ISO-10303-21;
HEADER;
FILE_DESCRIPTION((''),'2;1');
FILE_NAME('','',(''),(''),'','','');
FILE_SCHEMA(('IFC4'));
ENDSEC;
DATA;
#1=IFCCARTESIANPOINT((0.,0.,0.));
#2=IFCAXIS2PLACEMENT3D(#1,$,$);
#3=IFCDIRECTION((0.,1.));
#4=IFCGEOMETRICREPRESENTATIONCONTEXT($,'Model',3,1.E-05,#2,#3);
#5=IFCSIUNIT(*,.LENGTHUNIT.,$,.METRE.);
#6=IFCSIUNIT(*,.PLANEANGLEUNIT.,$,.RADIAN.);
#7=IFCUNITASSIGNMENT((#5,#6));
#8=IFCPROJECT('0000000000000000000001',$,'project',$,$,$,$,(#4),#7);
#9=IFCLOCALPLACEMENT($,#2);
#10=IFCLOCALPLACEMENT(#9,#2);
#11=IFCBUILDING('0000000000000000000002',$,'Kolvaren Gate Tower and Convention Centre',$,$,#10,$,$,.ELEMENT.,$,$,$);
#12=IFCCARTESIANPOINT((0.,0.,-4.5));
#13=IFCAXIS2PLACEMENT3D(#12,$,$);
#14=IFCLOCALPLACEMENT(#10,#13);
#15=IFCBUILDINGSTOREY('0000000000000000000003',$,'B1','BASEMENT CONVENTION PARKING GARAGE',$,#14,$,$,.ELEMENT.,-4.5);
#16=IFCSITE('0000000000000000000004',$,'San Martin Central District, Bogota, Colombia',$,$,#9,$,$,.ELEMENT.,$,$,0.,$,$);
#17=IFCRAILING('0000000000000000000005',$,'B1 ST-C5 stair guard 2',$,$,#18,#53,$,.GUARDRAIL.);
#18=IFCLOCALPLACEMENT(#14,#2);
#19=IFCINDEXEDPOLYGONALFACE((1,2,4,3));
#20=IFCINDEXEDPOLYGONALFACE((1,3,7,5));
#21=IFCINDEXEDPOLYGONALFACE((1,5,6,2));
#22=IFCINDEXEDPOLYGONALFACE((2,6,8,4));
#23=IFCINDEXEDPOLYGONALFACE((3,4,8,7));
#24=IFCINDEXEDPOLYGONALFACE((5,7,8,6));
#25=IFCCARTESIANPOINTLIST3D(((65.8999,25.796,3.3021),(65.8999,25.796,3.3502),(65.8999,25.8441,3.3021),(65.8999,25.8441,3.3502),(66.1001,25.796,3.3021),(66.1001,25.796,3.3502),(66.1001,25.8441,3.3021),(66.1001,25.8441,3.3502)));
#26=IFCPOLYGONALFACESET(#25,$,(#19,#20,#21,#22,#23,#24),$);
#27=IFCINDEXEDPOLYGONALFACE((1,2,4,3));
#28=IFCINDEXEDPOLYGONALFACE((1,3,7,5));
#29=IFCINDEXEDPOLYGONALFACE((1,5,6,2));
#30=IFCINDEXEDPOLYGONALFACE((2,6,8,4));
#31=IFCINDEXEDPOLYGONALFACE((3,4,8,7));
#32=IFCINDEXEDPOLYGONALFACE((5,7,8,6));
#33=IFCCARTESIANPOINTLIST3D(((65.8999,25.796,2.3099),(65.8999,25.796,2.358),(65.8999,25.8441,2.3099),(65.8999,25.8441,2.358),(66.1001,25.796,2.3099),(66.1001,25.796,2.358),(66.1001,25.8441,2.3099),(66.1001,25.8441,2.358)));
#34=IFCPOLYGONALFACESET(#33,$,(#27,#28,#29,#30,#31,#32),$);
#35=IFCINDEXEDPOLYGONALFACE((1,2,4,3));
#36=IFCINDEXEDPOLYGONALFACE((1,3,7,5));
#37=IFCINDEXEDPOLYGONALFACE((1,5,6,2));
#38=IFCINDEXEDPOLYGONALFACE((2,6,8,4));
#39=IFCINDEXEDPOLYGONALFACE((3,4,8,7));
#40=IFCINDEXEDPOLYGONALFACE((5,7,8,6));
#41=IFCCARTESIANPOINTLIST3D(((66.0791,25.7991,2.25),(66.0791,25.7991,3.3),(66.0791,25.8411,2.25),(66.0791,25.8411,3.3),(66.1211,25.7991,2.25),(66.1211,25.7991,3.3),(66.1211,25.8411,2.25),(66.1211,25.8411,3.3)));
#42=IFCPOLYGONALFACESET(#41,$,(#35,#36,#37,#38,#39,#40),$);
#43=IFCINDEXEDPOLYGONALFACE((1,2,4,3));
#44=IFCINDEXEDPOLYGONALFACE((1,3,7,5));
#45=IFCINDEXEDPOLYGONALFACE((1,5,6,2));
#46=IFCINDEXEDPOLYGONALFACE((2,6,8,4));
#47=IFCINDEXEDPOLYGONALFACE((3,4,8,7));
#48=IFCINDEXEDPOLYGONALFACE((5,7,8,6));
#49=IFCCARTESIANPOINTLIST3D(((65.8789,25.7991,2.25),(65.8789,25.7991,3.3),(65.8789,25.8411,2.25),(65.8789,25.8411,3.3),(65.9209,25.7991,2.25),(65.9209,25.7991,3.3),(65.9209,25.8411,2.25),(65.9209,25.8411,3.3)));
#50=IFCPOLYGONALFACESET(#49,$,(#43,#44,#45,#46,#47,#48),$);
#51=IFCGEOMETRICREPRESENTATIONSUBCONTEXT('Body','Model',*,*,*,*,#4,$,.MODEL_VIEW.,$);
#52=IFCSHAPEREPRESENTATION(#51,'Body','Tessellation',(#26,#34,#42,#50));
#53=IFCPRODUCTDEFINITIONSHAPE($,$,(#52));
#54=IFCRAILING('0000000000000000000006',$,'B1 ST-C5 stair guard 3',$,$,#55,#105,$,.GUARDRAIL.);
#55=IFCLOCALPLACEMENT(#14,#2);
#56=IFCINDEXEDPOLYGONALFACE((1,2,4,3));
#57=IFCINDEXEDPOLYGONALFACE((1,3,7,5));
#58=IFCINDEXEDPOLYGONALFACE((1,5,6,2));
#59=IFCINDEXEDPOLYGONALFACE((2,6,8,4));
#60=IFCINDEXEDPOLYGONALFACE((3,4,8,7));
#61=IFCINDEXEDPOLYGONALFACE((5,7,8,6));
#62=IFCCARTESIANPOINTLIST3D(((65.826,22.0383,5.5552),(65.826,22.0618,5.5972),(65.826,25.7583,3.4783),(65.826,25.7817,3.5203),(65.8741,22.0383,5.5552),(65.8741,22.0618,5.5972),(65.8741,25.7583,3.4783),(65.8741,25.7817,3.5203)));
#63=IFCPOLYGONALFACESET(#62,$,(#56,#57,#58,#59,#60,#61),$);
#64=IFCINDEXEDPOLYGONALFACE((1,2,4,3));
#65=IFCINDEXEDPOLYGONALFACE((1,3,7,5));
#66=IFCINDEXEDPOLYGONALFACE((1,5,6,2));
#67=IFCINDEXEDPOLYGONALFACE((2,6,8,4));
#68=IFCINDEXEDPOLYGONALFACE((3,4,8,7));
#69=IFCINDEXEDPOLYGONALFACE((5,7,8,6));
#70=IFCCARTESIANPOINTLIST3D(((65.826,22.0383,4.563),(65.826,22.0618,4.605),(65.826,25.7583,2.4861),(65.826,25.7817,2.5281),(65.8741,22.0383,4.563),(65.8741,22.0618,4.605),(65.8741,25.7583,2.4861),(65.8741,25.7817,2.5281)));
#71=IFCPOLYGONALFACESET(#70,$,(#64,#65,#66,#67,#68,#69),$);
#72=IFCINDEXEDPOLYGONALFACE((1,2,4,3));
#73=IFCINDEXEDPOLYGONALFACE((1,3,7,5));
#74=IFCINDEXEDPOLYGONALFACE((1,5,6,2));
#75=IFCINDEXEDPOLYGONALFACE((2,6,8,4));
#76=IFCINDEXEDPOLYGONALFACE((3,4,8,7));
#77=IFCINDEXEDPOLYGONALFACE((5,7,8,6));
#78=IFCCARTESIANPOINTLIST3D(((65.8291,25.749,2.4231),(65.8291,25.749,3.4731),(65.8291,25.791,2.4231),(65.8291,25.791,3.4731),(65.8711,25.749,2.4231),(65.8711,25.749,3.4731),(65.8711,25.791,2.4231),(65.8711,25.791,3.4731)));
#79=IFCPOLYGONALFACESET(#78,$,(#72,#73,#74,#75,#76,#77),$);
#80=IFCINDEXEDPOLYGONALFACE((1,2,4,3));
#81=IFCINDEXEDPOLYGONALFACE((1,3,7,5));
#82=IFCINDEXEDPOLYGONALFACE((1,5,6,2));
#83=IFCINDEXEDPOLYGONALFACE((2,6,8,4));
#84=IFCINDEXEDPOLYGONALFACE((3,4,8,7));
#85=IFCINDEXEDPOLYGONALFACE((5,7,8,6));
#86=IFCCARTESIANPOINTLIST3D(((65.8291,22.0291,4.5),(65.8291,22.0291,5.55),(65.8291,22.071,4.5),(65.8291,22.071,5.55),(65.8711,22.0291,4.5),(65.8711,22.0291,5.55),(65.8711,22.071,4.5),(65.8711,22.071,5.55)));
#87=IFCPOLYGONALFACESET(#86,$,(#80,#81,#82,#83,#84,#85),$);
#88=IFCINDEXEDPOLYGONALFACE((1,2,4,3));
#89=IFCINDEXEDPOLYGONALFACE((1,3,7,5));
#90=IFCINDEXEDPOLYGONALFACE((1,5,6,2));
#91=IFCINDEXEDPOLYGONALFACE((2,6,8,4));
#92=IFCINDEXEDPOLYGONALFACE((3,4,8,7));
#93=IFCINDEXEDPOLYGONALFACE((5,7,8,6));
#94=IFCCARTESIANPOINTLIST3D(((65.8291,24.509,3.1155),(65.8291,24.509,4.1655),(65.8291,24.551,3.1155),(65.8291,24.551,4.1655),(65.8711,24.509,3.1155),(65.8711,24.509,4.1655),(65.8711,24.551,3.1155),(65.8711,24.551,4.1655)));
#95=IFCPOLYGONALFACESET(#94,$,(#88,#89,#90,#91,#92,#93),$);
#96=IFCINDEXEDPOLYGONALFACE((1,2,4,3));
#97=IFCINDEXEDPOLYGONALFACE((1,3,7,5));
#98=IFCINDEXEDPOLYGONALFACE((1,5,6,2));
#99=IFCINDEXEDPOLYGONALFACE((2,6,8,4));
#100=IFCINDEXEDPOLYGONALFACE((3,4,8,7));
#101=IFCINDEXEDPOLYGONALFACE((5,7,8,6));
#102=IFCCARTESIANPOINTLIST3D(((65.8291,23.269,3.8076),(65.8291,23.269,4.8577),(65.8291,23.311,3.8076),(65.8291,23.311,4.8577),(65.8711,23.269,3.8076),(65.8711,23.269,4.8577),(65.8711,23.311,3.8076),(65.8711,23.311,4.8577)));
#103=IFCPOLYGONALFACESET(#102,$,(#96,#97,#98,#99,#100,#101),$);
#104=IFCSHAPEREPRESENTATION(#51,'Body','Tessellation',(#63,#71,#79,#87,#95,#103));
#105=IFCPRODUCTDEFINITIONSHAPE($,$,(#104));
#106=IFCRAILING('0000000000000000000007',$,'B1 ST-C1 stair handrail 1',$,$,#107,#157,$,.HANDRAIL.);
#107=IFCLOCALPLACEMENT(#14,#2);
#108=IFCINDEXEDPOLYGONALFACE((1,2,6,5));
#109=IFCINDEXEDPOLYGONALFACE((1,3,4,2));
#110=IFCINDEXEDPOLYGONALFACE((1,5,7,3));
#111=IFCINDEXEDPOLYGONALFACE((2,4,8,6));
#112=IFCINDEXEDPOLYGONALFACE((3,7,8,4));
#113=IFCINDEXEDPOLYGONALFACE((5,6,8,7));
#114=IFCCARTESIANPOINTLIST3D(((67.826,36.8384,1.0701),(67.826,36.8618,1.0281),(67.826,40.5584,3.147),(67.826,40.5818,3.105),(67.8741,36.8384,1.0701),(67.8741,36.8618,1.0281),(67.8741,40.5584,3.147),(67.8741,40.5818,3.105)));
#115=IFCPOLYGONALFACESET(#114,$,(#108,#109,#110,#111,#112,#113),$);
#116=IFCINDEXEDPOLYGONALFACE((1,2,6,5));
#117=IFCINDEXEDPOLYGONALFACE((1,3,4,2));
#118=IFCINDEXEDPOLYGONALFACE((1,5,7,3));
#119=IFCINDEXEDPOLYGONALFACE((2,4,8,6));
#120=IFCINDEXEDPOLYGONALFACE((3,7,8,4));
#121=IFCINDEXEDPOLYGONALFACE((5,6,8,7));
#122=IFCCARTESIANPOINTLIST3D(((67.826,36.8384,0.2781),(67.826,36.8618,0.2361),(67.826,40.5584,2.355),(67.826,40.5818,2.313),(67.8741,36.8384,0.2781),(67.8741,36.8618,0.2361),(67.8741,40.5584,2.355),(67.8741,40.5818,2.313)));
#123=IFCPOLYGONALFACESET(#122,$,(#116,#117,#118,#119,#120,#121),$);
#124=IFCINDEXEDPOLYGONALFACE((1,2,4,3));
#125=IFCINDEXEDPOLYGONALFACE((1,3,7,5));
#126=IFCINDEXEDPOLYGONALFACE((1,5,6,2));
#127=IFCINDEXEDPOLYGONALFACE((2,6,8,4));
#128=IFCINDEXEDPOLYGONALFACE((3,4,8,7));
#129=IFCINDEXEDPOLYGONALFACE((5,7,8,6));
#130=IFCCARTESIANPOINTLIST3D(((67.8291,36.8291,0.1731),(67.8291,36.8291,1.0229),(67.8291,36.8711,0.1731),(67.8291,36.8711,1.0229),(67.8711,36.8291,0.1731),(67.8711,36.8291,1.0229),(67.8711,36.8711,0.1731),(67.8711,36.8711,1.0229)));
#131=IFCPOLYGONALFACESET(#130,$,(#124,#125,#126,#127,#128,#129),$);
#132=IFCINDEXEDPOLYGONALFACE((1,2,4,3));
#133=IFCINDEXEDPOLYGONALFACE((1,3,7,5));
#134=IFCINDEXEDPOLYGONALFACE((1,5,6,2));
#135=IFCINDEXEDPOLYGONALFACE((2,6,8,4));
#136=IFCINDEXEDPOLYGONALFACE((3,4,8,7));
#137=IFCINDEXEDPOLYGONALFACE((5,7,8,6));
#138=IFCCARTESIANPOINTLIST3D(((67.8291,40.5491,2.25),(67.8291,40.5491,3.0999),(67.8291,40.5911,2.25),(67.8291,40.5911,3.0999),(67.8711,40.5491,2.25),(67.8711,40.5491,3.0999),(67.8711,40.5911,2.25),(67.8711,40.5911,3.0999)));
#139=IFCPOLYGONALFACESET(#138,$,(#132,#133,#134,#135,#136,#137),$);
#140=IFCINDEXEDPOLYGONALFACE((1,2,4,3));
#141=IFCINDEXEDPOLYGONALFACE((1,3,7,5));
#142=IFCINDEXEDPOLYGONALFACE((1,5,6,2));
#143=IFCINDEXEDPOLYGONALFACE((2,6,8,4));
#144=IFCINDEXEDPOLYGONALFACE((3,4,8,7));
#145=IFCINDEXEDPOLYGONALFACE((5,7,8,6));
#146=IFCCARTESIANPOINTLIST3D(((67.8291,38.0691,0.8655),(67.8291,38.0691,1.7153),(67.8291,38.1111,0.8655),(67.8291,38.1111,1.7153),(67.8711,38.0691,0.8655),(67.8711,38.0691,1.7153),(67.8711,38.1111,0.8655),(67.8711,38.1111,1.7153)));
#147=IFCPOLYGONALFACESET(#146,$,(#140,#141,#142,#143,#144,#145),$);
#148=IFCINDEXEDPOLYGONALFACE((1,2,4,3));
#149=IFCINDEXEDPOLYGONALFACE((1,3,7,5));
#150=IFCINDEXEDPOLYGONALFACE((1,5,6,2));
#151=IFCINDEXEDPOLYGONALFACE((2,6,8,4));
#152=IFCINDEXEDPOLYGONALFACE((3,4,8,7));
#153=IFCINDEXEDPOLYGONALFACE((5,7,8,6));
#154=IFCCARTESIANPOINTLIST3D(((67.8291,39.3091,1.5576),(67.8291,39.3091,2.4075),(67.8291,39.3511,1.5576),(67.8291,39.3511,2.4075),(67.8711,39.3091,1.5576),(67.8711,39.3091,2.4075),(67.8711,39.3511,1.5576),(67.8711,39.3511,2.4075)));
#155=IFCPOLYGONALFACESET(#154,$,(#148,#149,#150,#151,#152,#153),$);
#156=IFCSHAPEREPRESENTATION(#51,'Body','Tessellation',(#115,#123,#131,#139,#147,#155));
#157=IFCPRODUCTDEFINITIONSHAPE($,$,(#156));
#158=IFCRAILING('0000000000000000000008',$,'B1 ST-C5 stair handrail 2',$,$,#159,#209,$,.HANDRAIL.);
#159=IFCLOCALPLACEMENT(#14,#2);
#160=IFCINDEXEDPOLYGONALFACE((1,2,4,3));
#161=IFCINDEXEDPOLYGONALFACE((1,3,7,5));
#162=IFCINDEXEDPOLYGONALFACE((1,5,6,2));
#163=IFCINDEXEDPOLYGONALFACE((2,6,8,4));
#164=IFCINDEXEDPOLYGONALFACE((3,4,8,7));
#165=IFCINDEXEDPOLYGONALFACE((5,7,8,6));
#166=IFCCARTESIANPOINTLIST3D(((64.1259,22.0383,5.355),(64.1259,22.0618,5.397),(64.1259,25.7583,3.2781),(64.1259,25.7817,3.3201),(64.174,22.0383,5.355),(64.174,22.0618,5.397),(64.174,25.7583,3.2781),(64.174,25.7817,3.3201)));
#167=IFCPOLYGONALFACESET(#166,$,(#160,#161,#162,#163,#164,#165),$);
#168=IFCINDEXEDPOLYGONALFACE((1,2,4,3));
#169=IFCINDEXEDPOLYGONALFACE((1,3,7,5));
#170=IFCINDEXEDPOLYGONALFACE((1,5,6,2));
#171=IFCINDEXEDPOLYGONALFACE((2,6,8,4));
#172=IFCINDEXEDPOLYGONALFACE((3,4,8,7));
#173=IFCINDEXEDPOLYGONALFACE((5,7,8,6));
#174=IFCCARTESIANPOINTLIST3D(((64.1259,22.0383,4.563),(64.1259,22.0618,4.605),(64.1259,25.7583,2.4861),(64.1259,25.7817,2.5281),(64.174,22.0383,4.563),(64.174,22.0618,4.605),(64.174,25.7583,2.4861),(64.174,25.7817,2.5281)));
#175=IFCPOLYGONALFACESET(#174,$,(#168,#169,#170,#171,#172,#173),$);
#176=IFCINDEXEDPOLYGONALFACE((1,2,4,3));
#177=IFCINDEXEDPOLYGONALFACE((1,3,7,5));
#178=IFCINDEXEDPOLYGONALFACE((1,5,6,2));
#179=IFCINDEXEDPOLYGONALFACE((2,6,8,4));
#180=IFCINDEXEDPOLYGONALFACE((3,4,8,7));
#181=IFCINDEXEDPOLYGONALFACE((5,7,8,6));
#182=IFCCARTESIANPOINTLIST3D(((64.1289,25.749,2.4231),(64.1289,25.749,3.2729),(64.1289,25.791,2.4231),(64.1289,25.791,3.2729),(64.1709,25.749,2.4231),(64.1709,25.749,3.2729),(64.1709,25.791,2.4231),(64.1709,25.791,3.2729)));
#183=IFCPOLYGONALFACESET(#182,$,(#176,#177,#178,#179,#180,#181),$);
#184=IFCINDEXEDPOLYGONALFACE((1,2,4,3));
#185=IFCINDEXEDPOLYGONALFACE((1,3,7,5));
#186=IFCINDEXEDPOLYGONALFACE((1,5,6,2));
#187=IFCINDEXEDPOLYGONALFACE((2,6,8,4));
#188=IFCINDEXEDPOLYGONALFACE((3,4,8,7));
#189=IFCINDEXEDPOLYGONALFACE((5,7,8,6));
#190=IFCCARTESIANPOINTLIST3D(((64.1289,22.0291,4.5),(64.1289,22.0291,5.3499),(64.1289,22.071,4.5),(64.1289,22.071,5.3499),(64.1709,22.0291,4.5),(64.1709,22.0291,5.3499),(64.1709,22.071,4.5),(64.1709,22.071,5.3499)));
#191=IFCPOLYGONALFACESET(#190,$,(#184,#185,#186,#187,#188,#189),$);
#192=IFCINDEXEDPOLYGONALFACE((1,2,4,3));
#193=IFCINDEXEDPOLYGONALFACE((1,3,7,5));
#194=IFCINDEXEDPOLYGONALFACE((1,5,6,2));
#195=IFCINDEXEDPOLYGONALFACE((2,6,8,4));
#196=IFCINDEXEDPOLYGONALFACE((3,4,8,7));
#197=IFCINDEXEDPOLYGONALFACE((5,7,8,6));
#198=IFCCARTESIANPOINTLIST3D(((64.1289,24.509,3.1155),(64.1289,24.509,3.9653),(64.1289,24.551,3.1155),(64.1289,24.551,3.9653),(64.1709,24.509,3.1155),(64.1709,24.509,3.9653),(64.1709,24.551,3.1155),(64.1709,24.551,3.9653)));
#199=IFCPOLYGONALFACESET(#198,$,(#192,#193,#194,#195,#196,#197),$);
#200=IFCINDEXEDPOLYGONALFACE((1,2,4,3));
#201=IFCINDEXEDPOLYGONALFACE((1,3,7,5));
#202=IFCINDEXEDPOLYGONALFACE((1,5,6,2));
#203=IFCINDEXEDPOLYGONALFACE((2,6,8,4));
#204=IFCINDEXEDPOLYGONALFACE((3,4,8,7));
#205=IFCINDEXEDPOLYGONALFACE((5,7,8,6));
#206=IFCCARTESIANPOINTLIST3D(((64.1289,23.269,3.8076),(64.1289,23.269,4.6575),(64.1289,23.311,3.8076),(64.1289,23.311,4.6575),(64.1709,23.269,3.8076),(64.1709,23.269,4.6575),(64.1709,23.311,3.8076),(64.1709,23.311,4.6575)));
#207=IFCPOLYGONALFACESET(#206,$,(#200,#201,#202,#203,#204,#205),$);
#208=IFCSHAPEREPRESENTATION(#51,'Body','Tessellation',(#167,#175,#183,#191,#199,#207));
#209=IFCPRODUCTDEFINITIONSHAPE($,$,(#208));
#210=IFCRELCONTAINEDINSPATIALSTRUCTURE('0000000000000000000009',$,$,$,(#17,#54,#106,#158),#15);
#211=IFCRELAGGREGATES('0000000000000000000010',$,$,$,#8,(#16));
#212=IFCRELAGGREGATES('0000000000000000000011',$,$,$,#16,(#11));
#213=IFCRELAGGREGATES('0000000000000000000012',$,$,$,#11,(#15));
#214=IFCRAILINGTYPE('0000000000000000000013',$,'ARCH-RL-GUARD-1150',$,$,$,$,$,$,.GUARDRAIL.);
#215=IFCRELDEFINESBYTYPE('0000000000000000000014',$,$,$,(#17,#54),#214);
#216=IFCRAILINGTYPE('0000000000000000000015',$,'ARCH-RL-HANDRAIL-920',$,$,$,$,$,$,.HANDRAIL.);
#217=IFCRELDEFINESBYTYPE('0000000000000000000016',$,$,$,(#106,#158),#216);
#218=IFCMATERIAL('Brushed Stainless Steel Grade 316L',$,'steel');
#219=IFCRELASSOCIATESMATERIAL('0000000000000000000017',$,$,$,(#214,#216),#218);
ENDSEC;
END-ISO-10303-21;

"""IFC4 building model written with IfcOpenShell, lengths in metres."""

from ifc_helpers import new_model, si_unit, direction, frame, origin, origin_2d, place, context, subcontext, project, spatial, rectangle, extrude, material, type_object, element, save


model = new_model("IFC4")

# Units and contexts
model_context = context("Model", 3, precision=1e-05, world=origin(), true_north=direction((0.0, 1.0)))
body_context = subcontext(model_context, "Body", "Model", "MODEL_VIEW")
ifc_project = project(units=[si_unit("LENGTHUNIT", "METRE"), si_unit("PLANEANGLEUNIT", "RADIAN")], contexts=[model_context])

# Site, building, storey
site_placement = place(None, origin())
site = spatial("IfcSite", under=ifc_project, at=site_placement, Name="San Martin Central District, Bogota, Colombia", CompositionType="ELEMENT", RefElevation=0.0)
building_placement = place(site_placement, origin())
building = spatial("IfcBuilding", under=site, at=building_placement, Name="Kolvaren Gate Tower and Convention Centre", CompositionType="ELEMENT")
storey_placement = place(building_placement, frame((0.0, 0.0, -4.5)))
storey = spatial("IfcBuildingStorey", under=building, at=storey_placement, Name="B1", Description="BASEMENT CONVENTION PARKING GARAGE", CompositionType="ELEMENT", Elevation=-4.5)

# Railings
ifc_material_1 = material(Name="Brushed Stainless Steel Grade 316L", Category="steel")
railing_type_1 = type_object("IfcRailingType", Name="ARCH-RL-GUARD-1150", PredefinedType="GUARDRAIL", material=ifc_material_1)
railing_1_placement = place(storey_placement, frame((66.1001, 25.8201, 2.25)))
element("IfcRailing", 1, at=railing_1_placement, inside=storey, type_object=railing_type_1, Name="B1 ST-C5 stair guard 2", PredefinedType="GUARDRAIL", context=body_context, shape_type="SweptSolid", body=[
    extrude(rectangle(XDim=0.0481, YDim=0.0481, at=origin_2d()), frame((0.0, 0.0, 1.0762), z_axis=(-1.0, 0.0, 0.0), x_axis=(0.0, -1.0, 0.0)), (0.0, 0.0, 1.0), 0.2002),
    extrude(rectangle(XDim=0.0481, YDim=0.0481, at=origin_2d()), frame((0.0, 0.0, 0.084), z_axis=(-1.0, 0.0, 0.0), x_axis=(0.0, -1.0, 0.0)), (0.0, 0.0, 1.0), 0.2002),
    extrude(rectangle(XDim=0.042, YDim=0.042, at=origin_2d()), origin(), (0.0, 0.0, 1.0), 1.05),
    extrude(rectangle(XDim=0.042, YDim=0.042, at=origin_2d()), frame((-0.2002, 0.0, 0.0)), (0.0, 0.0, 1.0), 1.05),
])
railing_2_placement = place(storey_placement, frame((65.8501, 25.77, 2.4231)))
element("IfcRailing", 2, at=railing_2_placement, inside=storey, type_object=railing_type_1, Name="B1 ST-C5 stair guard 3", PredefinedType="GUARDRAIL", context=body_context, shape_type="SweptSolid", body=[
    extrude(rectangle(XDim=0.0481, YDim=0.0481, at=origin_2d()), frame((0.0, 0.0, 1.0762), z_axis=(0.0, -0.873134, 0.487481), x_axis=(1.0, 0.0, 0.0)), (0.0, 0.0, 1.0), 4.2605),
    extrude(rectangle(XDim=0.0481, YDim=0.0481, at=origin_2d()), frame((0.0, 0.0, 0.084), z_axis=(0.0, -0.873134, 0.487481), x_axis=(1.0, 0.0, 0.0)), (0.0, 0.0, 1.0), 4.2605),
    extrude(rectangle(XDim=0.042, YDim=0.042, at=origin_2d()), origin(), (0.0, 0.0, 1.0), 1.05),
    extrude(rectangle(XDim=0.042, YDim=0.042, at=origin_2d()), frame((0.0, -3.72, 2.0769)), (0.0, 0.0, 1.0), 1.05),
    extrude(rectangle(XDim=0.042, YDim=0.042, at=origin_2d()), frame((0.0, -1.24, 0.6924)), (0.0, 0.0, 1.0), 1.05),
    extrude(rectangle(XDim=0.042, YDim=0.042, at=origin_2d()), frame((0.0, -2.48, 1.3845)), (0.0, 0.0, 1.0), 1.05),
])
railing_type_2 = type_object("IfcRailingType", Name="ARCH-RL-HANDRAIL-920", PredefinedType="HANDRAIL", material=ifc_material_1)
railing_3_placement = place(storey_placement, frame((67.8501, 36.8501, 0.1731)))
element("IfcRailing", 3, at=railing_3_placement, inside=storey, type_object=railing_type_2, Name="B1 ST-C1 stair handrail 1", PredefinedType="HANDRAIL", context=body_context, shape_type="SweptSolid", body=[
    extrude(rectangle(XDim=0.0481, YDim=0.0481, at=origin_2d()), frame((0.0, 0.0, 0.876), z_axis=(0.0, 0.873134, 0.487481), x_axis=(-1.0, 0.0, 0.0)), (0.0, 0.0, 1.0), 4.2605),
    extrude(rectangle(XDim=0.0481, YDim=0.0481, at=origin_2d()), frame((0.0, 0.0, 0.084), z_axis=(0.0, 0.873134, 0.487481), x_axis=(-1.0, 0.0, 0.0)), (0.0, 0.0, 1.0), 4.2605),
    extrude(rectangle(XDim=0.042, YDim=0.042, at=origin_2d()), origin(), (0.0, 0.0, 1.0), 0.8499),
    extrude(rectangle(XDim=0.042, YDim=0.042, at=origin_2d()), frame((0.0, 3.72, 2.0769)), (0.0, 0.0, 1.0), 0.8499),
    extrude(rectangle(XDim=0.042, YDim=0.042, at=origin_2d()), frame((0.0, 1.24, 0.6924)), (0.0, 0.0, 1.0), 0.8499),
    extrude(rectangle(XDim=0.042, YDim=0.042, at=origin_2d()), frame((0.0, 2.48, 1.3845)), (0.0, 0.0, 1.0), 0.8499),
])
railing_4_placement = place(storey_placement, frame((64.1499, 25.77, 2.4231)))
element("IfcRailing", 4, at=railing_4_placement, inside=storey, type_object=railing_type_2, Name="B1 ST-C5 stair handrail 2", PredefinedType="HANDRAIL", context=body_context, shape_type="SweptSolid", body=[
    extrude(rectangle(XDim=0.0481, YDim=0.0481, at=origin_2d()), frame((0.0, 0.0, 0.876), z_axis=(0.0, -0.873134, 0.487481), x_axis=(1.0, 0.0, 0.0)), (0.0, 0.0, 1.0), 4.2605),
    extrude(rectangle(XDim=0.0481, YDim=0.0481, at=origin_2d()), frame((0.0, 0.0, 0.084), z_axis=(0.0, -0.873134, 0.487481), x_axis=(1.0, 0.0, 0.0)), (0.0, 0.0, 1.0), 4.2605),
    extrude(rectangle(XDim=0.042, YDim=0.042, at=origin_2d()), origin(), (0.0, 0.0, 1.0), 0.8499),
    extrude(rectangle(XDim=0.042, YDim=0.042, at=origin_2d()), frame((0.0, -3.72, 2.0769)), (0.0, 0.0, 1.0), 0.8499),
    extrude(rectangle(XDim=0.042, YDim=0.042, at=origin_2d()), frame((0.0, -1.24, 0.6924)), (0.0, 0.0, 1.0), 0.8499),
    extrude(rectangle(XDim=0.042, YDim=0.042, at=origin_2d()), frame((0.0, -2.48, 1.3845)), (0.0, 0.0, 1.0), 0.8499),
])

save(model, "model.ifc")
